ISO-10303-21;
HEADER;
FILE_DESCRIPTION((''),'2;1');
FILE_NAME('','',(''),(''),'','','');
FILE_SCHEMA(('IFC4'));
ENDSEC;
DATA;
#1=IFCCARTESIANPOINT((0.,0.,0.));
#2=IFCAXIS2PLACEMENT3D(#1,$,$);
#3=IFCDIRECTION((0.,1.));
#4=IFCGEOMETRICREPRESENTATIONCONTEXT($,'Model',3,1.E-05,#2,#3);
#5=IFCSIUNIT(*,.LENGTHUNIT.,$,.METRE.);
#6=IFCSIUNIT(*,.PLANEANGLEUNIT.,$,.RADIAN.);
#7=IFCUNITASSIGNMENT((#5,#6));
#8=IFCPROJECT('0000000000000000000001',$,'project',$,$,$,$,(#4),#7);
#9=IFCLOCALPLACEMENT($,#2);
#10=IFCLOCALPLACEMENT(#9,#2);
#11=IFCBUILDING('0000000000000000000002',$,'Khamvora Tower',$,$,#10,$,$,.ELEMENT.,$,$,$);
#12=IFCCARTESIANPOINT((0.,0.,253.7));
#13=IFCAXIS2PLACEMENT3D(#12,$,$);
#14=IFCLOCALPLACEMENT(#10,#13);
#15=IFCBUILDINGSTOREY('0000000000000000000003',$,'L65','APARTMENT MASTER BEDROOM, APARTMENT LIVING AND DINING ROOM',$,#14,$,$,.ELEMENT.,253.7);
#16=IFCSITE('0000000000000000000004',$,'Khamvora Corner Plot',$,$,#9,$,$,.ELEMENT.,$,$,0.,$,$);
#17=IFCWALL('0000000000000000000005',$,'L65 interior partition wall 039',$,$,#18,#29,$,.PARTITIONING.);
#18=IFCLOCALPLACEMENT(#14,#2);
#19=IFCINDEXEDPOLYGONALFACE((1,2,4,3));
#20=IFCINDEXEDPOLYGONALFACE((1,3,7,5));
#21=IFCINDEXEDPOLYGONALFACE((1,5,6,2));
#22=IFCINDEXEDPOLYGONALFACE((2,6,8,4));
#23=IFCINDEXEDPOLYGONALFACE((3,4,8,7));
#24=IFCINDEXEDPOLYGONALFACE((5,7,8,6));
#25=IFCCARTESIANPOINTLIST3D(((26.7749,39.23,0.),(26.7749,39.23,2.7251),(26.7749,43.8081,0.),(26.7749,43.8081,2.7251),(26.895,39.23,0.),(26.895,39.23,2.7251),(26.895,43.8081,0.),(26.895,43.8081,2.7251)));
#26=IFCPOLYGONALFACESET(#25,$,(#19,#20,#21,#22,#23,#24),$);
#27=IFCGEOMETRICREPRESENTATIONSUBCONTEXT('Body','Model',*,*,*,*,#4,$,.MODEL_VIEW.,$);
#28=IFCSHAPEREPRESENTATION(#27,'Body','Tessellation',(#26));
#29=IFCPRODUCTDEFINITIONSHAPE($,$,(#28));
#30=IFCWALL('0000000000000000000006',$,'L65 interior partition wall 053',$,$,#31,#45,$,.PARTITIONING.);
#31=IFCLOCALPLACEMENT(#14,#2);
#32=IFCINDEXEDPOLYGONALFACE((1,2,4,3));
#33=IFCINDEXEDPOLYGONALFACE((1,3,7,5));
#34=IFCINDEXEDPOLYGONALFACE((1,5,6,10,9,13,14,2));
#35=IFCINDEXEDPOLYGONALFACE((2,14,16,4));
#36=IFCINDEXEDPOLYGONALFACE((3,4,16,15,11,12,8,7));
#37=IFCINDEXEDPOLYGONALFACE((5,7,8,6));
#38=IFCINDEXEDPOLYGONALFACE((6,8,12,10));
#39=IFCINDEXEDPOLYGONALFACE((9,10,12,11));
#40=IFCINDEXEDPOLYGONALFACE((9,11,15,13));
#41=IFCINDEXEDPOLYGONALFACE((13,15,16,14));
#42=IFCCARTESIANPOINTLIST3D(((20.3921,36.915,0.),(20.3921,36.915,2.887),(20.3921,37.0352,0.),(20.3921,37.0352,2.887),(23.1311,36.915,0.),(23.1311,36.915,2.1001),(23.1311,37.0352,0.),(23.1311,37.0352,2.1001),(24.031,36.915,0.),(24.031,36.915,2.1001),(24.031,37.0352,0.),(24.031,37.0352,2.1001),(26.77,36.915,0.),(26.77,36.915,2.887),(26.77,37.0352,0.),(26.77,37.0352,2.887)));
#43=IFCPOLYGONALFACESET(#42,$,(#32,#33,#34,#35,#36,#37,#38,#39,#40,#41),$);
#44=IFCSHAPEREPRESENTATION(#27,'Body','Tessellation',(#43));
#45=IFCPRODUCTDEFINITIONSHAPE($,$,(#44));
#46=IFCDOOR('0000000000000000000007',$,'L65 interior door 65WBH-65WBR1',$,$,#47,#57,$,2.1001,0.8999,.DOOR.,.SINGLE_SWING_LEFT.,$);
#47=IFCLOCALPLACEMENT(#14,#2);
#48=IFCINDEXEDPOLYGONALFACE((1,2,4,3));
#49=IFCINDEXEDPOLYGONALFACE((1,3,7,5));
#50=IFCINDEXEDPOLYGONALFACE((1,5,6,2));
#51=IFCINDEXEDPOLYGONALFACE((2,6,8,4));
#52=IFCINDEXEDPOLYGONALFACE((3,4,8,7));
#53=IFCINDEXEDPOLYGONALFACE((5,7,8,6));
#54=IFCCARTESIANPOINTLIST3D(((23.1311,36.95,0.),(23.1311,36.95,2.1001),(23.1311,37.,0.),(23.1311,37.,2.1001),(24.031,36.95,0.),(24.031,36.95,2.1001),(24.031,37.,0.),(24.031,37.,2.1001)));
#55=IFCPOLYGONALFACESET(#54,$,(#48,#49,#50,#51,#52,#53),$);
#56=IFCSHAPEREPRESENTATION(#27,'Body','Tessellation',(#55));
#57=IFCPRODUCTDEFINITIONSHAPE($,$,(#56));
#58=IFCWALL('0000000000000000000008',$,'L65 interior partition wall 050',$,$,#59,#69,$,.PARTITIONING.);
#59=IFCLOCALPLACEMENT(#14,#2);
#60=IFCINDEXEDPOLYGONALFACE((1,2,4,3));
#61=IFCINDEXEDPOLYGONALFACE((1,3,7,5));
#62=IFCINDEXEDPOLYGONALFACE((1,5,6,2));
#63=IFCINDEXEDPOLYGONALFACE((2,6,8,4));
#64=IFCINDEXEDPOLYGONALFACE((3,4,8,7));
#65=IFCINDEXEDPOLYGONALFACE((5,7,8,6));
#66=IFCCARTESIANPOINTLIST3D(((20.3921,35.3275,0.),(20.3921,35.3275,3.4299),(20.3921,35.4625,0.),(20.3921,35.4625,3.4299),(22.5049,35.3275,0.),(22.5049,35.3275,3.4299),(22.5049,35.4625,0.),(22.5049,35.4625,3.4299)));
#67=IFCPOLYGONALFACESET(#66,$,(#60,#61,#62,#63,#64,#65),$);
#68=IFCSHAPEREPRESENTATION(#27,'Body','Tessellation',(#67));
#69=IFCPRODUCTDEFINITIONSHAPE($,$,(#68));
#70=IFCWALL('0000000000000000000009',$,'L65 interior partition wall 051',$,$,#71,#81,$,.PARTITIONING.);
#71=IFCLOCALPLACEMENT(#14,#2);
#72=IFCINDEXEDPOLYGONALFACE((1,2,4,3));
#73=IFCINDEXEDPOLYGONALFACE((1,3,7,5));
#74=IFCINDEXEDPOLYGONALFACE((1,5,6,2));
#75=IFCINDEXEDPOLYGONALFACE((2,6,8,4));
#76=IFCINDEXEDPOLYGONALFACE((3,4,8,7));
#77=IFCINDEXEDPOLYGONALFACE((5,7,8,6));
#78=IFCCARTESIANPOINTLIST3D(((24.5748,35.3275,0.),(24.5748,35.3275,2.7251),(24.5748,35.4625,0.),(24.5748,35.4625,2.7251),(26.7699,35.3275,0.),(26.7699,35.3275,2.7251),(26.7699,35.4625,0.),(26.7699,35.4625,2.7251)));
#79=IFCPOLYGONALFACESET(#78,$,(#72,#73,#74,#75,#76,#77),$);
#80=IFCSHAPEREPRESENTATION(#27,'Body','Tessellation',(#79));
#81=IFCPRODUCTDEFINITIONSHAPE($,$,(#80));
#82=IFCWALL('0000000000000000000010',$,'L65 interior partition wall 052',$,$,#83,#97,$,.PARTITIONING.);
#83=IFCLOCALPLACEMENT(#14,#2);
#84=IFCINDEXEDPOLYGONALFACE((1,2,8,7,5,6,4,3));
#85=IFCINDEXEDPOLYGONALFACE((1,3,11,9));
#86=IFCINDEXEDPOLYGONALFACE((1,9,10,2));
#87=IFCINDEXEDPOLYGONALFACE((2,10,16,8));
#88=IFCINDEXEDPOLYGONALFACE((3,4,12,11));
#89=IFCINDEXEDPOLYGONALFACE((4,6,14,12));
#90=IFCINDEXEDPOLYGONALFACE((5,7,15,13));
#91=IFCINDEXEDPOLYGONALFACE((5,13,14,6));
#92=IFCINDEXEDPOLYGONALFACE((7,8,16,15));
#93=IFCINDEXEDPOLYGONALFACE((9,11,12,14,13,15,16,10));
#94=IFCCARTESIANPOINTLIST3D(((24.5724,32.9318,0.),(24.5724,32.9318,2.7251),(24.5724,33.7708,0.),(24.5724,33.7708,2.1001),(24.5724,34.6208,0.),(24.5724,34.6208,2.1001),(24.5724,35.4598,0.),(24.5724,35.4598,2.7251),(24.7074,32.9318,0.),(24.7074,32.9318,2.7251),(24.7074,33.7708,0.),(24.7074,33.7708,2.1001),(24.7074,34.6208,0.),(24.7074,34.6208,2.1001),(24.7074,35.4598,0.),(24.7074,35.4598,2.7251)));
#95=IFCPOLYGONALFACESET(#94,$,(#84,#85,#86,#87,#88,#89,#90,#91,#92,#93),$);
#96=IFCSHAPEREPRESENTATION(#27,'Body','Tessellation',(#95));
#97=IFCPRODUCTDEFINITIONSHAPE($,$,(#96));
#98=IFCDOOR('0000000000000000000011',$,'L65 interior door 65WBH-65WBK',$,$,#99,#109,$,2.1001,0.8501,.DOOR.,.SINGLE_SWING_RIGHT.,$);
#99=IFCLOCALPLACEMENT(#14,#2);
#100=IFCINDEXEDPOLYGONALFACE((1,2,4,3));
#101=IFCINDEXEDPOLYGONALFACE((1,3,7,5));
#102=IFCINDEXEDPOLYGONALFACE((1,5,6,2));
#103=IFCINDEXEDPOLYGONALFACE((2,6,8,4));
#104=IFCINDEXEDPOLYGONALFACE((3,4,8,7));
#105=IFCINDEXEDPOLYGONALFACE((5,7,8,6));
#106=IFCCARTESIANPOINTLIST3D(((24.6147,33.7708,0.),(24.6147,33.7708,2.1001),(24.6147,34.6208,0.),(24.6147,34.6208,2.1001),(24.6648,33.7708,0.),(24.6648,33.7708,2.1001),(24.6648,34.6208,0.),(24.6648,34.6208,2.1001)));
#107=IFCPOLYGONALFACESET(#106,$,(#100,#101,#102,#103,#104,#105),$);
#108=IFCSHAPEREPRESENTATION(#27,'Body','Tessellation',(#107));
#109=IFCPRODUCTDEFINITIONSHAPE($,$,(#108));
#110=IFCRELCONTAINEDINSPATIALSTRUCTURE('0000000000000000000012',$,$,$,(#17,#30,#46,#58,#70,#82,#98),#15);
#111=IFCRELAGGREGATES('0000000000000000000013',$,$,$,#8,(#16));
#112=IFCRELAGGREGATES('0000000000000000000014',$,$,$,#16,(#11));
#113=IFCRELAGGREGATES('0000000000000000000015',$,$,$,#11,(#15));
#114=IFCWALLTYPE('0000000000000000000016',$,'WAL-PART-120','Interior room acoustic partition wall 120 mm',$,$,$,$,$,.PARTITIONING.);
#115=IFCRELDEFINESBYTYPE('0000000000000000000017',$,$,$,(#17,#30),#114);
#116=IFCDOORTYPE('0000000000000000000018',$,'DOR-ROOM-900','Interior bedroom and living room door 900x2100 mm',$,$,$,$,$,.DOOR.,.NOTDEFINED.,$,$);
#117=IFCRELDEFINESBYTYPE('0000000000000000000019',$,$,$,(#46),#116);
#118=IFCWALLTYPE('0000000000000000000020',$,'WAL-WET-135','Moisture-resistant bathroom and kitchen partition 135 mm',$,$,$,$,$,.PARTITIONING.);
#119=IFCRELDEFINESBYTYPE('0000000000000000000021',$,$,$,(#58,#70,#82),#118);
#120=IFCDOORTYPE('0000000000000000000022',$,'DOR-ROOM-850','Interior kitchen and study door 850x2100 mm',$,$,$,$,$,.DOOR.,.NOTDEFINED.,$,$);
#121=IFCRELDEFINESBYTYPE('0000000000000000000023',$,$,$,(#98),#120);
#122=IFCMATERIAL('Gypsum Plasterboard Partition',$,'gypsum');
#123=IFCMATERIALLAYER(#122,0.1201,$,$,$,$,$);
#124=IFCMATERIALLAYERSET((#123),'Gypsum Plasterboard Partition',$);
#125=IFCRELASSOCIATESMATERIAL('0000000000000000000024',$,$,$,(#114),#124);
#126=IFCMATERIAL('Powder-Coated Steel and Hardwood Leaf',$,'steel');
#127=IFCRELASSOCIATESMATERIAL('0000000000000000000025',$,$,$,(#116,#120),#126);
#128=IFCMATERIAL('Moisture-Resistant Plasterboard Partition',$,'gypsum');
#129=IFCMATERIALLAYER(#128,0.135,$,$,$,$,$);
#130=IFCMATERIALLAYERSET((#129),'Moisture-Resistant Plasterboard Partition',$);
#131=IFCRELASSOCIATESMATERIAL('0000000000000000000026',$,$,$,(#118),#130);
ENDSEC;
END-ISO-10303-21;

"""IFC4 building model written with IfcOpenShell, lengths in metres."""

from ifc_helpers import new_model, si_unit, direction, frame, frame_2d, origin, place, context, subcontext, project, spatial, rectangle, extrude, material, layer, layer_set, type_object, element, fill, save


model = new_model("IFC4")

# Units and contexts
model_context = context("Model", 3, precision=1e-05, world=origin(), true_north=direction((0.0, 1.0)))
body_context = subcontext(model_context, "Body", "Model", "MODEL_VIEW")
ifc_project = project(units=[si_unit("LENGTHUNIT", "METRE"), si_unit("PLANEANGLEUNIT", "RADIAN")], contexts=[model_context])

# Site, building, storey
site_placement = place(None, origin())
site = spatial("IfcSite", under=ifc_project, at=site_placement, Name="Khamvora Corner Plot", CompositionType="ELEMENT", RefElevation=0.0)
building_placement = place(site_placement, origin())
building = spatial("IfcBuilding", under=site, at=building_placement, Name="Khamvora Tower", CompositionType="ELEMENT")
storey_placement = place(building_placement, frame((0.0, 0.0, 253.7)))
storey = spatial("IfcBuildingStorey", under=building, at=storey_placement, Name="L65", Description="APARTMENT MASTER BEDROOM, APARTMENT LIVING AND DINING ROOM", CompositionType="ELEMENT", Elevation=253.7)

# Shared definitions
ifc_material_1 = material(Name="Powder-Coated Steel and Hardwood Leaf", Category="steel")

# Wall
ifc_material_2 = material(Name="Gypsum Plasterboard Partition", Category="gypsum")
ifc_layer_1 = layer(ifc_material_2, 0.1201)
ifc_layer_set_1 = layer_set([ifc_layer_1], Name="Gypsum Plasterboard Partition")
wall_type_1 = type_object("IfcWallType", Name="WAL-PART-120", Description="Interior room acoustic partition wall 120 mm", PredefinedType="PARTITIONING", material=ifc_layer_set_1)
wall_1_placement = place(storey_placement, frame((26.835, 39.23, 0.0), z_axis=(0.0, 0.0, 1.0), x_axis=(0.0, 1.0, 0.0)))
element("IfcWall", 1, at=wall_1_placement, inside=storey, type_object=wall_type_1, Name="L65 interior partition wall 039", PredefinedType="PARTITIONING", context=body_context, shape_type="SweptSolid", body=[
    extrude(rectangle(XDim=4.5781, YDim=0.1201, at=frame_2d((2.2891, 0.0))), origin(), (0.0, 0.0, 1.0), 2.7251),
])

# Wall, opening, door
wall_2_placement = place(storey_placement, frame((20.3921, 36.9751, 0.0), z_axis=(0.0, 0.0, 1.0), x_axis=(1.0, 0.0, 0.0)))
wall_2 = element("IfcWall", 2, at=wall_2_placement, inside=storey, type_object=wall_type_1, Name="L65 interior partition wall 053", PredefinedType="PARTITIONING", context=body_context, shape_type="SweptSolid", body=[
    extrude(rectangle(XDim=6.3779, YDim=0.1201, at=frame_2d((3.189, 0.0))), origin(), (0.0, 0.0, 1.0), 2.887),
])
opening_1_placement = place(wall_2_placement, frame((2.739, 0.0, 0.0)))
opening_1 = element("IfcOpeningElement", 3, at=opening_1_placement, cuts=wall_2, PredefinedType="OPENING", context=body_context, shape_type="SweptSolid", body=[
    extrude(rectangle(XDim=0.8999, YDim=2.1001, at=frame_2d((0.45, 1.05))), frame((0.0, 0.0701, 0.0), z_axis=(0.0, -1.0, 0.0), x_axis=(1.0, 0.0, 0.0)), (0.0, 0.0, 1.0), 0.1401),
])
door_type_1 = type_object("IfcDoorType", Name="DOR-ROOM-900", Description="Interior bedroom and living room door 900x2100 mm", OperationType="NOTDEFINED", PredefinedType="DOOR", material=ifc_material_1)
door_1_placement = place(opening_1_placement, origin())
door_1 = element("IfcDoor", 4, at=door_1_placement, inside=storey, type_object=door_type_1, Name="L65 interior door 65WBH-65WBR1", OperationType="SINGLE_SWING_LEFT", OverallHeight=2.1001, OverallWidth=0.8999, PredefinedType="DOOR", context=body_context, shape_type="SweptSolid", body=[
    extrude(rectangle(XDim=0.8999, YDim=2.1001, at=frame_2d((0.45, 1.05))), frame((0.0, 0.0249, 0.0), z_axis=(0.0, -1.0, 0.0), x_axis=(1.0, 0.0, 0.0)), (0.0, 0.0, 1.0), 0.05),
])
fill(opening_1, door_1)

# Walls
ifc_material_3 = material(Name="Moisture-Resistant Plasterboard Partition", Category="gypsum")
ifc_layer_2 = layer(ifc_material_3, 0.135)
ifc_layer_set_2 = layer_set([ifc_layer_2], Name="Moisture-Resistant Plasterboard Partition")
wall_type_2 = type_object("IfcWallType", Name="WAL-WET-135", Description="Moisture-resistant bathroom and kitchen partition 135 mm", PredefinedType="PARTITIONING", material=ifc_layer_set_2)
wall_3_placement = place(storey_placement, frame((22.5049, 35.395, 0.0), z_axis=(0.0, 0.0, 1.0), x_axis=(-1.0, 0.0, 0.0)))
element("IfcWall", 5, at=wall_3_placement, inside=storey, type_object=wall_type_2, Name="L65 interior partition wall 050", PredefinedType="PARTITIONING", context=body_context, shape_type="SweptSolid", body=[
    extrude(rectangle(XDim=2.1128, YDim=0.135, at=frame_2d((1.0564, 0.0))), origin(), (0.0, 0.0, 1.0), 3.4299),
])
wall_4_placement = place(storey_placement, frame((26.77, 35.395, 0.0), z_axis=(0.0, 0.0, 1.0), x_axis=(-1.0, 0.0, 0.0)))
element("IfcWall", 6, at=wall_4_placement, inside=storey, type_object=wall_type_2, Name="L65 interior partition wall 051", PredefinedType="PARTITIONING", context=body_context, shape_type="SweptSolid", body=[
    extrude(rectangle(XDim=2.1951, YDim=0.135, at=frame_2d((1.0977, 0.0))), origin(), (0.0, 0.0, 1.0), 2.7251),
])

# Wall, opening, door
wall_5_placement = place(storey_placement, frame((24.6399, 35.46, 0.0), z_axis=(0.0, 0.0, 1.0), x_axis=(0.0, -1.0, 0.0)))
wall_5 = element("IfcWall", 7, at=wall_5_placement, inside=storey, type_object=wall_type_2, Name="L65 interior partition wall 052", PredefinedType="PARTITIONING", context=body_context, shape_type="SweptSolid", body=[
    extrude(rectangle(XDim=2.5281, YDim=0.135, at=frame_2d((1.2642, 0.0))), origin(), (0.0, 0.0, 1.0), 2.7251),
])
opening_2_placement = place(wall_5_placement, frame((0.8391, 0.0, 0.0)))
opening_2 = element("IfcOpeningElement", 8, at=opening_2_placement, cuts=wall_5, PredefinedType="OPENING", context=body_context, shape_type="SweptSolid", body=[
    extrude(rectangle(XDim=0.8501, YDim=2.1001, at=frame_2d((0.425, 1.05))), frame((0.0, 0.0774, 0.0), z_axis=(0.0, -1.0, 0.0), x_axis=(1.0, 0.0, 0.0)), (0.0, 0.0, 1.0), 0.155),
])
door_type_2 = type_object("IfcDoorType", Name="DOR-ROOM-850", Description="Interior kitchen and study door 850x2100 mm", OperationType="NOTDEFINED", PredefinedType="DOOR", material=ifc_material_1)
door_2_placement = place(opening_2_placement, origin())
door_2 = element("IfcDoor", 9, at=door_2_placement, inside=storey, type_object=door_type_2, Name="L65 interior door 65WBH-65WBK", OperationType="SINGLE_SWING_RIGHT", OverallHeight=2.1001, OverallWidth=0.8501, PredefinedType="DOOR", context=body_context, shape_type="SweptSolid", body=[
    extrude(rectangle(XDim=0.8501, YDim=2.1001, at=frame_2d((0.425, 1.05))), frame((0.0, 0.0249, 0.0), z_axis=(0.0, -1.0, 0.0), x_axis=(1.0, 0.0, 0.0)), (0.0, 0.0, 1.0), 0.05),
])
fill(opening_2, door_2)

save(model, "model.ifc")
